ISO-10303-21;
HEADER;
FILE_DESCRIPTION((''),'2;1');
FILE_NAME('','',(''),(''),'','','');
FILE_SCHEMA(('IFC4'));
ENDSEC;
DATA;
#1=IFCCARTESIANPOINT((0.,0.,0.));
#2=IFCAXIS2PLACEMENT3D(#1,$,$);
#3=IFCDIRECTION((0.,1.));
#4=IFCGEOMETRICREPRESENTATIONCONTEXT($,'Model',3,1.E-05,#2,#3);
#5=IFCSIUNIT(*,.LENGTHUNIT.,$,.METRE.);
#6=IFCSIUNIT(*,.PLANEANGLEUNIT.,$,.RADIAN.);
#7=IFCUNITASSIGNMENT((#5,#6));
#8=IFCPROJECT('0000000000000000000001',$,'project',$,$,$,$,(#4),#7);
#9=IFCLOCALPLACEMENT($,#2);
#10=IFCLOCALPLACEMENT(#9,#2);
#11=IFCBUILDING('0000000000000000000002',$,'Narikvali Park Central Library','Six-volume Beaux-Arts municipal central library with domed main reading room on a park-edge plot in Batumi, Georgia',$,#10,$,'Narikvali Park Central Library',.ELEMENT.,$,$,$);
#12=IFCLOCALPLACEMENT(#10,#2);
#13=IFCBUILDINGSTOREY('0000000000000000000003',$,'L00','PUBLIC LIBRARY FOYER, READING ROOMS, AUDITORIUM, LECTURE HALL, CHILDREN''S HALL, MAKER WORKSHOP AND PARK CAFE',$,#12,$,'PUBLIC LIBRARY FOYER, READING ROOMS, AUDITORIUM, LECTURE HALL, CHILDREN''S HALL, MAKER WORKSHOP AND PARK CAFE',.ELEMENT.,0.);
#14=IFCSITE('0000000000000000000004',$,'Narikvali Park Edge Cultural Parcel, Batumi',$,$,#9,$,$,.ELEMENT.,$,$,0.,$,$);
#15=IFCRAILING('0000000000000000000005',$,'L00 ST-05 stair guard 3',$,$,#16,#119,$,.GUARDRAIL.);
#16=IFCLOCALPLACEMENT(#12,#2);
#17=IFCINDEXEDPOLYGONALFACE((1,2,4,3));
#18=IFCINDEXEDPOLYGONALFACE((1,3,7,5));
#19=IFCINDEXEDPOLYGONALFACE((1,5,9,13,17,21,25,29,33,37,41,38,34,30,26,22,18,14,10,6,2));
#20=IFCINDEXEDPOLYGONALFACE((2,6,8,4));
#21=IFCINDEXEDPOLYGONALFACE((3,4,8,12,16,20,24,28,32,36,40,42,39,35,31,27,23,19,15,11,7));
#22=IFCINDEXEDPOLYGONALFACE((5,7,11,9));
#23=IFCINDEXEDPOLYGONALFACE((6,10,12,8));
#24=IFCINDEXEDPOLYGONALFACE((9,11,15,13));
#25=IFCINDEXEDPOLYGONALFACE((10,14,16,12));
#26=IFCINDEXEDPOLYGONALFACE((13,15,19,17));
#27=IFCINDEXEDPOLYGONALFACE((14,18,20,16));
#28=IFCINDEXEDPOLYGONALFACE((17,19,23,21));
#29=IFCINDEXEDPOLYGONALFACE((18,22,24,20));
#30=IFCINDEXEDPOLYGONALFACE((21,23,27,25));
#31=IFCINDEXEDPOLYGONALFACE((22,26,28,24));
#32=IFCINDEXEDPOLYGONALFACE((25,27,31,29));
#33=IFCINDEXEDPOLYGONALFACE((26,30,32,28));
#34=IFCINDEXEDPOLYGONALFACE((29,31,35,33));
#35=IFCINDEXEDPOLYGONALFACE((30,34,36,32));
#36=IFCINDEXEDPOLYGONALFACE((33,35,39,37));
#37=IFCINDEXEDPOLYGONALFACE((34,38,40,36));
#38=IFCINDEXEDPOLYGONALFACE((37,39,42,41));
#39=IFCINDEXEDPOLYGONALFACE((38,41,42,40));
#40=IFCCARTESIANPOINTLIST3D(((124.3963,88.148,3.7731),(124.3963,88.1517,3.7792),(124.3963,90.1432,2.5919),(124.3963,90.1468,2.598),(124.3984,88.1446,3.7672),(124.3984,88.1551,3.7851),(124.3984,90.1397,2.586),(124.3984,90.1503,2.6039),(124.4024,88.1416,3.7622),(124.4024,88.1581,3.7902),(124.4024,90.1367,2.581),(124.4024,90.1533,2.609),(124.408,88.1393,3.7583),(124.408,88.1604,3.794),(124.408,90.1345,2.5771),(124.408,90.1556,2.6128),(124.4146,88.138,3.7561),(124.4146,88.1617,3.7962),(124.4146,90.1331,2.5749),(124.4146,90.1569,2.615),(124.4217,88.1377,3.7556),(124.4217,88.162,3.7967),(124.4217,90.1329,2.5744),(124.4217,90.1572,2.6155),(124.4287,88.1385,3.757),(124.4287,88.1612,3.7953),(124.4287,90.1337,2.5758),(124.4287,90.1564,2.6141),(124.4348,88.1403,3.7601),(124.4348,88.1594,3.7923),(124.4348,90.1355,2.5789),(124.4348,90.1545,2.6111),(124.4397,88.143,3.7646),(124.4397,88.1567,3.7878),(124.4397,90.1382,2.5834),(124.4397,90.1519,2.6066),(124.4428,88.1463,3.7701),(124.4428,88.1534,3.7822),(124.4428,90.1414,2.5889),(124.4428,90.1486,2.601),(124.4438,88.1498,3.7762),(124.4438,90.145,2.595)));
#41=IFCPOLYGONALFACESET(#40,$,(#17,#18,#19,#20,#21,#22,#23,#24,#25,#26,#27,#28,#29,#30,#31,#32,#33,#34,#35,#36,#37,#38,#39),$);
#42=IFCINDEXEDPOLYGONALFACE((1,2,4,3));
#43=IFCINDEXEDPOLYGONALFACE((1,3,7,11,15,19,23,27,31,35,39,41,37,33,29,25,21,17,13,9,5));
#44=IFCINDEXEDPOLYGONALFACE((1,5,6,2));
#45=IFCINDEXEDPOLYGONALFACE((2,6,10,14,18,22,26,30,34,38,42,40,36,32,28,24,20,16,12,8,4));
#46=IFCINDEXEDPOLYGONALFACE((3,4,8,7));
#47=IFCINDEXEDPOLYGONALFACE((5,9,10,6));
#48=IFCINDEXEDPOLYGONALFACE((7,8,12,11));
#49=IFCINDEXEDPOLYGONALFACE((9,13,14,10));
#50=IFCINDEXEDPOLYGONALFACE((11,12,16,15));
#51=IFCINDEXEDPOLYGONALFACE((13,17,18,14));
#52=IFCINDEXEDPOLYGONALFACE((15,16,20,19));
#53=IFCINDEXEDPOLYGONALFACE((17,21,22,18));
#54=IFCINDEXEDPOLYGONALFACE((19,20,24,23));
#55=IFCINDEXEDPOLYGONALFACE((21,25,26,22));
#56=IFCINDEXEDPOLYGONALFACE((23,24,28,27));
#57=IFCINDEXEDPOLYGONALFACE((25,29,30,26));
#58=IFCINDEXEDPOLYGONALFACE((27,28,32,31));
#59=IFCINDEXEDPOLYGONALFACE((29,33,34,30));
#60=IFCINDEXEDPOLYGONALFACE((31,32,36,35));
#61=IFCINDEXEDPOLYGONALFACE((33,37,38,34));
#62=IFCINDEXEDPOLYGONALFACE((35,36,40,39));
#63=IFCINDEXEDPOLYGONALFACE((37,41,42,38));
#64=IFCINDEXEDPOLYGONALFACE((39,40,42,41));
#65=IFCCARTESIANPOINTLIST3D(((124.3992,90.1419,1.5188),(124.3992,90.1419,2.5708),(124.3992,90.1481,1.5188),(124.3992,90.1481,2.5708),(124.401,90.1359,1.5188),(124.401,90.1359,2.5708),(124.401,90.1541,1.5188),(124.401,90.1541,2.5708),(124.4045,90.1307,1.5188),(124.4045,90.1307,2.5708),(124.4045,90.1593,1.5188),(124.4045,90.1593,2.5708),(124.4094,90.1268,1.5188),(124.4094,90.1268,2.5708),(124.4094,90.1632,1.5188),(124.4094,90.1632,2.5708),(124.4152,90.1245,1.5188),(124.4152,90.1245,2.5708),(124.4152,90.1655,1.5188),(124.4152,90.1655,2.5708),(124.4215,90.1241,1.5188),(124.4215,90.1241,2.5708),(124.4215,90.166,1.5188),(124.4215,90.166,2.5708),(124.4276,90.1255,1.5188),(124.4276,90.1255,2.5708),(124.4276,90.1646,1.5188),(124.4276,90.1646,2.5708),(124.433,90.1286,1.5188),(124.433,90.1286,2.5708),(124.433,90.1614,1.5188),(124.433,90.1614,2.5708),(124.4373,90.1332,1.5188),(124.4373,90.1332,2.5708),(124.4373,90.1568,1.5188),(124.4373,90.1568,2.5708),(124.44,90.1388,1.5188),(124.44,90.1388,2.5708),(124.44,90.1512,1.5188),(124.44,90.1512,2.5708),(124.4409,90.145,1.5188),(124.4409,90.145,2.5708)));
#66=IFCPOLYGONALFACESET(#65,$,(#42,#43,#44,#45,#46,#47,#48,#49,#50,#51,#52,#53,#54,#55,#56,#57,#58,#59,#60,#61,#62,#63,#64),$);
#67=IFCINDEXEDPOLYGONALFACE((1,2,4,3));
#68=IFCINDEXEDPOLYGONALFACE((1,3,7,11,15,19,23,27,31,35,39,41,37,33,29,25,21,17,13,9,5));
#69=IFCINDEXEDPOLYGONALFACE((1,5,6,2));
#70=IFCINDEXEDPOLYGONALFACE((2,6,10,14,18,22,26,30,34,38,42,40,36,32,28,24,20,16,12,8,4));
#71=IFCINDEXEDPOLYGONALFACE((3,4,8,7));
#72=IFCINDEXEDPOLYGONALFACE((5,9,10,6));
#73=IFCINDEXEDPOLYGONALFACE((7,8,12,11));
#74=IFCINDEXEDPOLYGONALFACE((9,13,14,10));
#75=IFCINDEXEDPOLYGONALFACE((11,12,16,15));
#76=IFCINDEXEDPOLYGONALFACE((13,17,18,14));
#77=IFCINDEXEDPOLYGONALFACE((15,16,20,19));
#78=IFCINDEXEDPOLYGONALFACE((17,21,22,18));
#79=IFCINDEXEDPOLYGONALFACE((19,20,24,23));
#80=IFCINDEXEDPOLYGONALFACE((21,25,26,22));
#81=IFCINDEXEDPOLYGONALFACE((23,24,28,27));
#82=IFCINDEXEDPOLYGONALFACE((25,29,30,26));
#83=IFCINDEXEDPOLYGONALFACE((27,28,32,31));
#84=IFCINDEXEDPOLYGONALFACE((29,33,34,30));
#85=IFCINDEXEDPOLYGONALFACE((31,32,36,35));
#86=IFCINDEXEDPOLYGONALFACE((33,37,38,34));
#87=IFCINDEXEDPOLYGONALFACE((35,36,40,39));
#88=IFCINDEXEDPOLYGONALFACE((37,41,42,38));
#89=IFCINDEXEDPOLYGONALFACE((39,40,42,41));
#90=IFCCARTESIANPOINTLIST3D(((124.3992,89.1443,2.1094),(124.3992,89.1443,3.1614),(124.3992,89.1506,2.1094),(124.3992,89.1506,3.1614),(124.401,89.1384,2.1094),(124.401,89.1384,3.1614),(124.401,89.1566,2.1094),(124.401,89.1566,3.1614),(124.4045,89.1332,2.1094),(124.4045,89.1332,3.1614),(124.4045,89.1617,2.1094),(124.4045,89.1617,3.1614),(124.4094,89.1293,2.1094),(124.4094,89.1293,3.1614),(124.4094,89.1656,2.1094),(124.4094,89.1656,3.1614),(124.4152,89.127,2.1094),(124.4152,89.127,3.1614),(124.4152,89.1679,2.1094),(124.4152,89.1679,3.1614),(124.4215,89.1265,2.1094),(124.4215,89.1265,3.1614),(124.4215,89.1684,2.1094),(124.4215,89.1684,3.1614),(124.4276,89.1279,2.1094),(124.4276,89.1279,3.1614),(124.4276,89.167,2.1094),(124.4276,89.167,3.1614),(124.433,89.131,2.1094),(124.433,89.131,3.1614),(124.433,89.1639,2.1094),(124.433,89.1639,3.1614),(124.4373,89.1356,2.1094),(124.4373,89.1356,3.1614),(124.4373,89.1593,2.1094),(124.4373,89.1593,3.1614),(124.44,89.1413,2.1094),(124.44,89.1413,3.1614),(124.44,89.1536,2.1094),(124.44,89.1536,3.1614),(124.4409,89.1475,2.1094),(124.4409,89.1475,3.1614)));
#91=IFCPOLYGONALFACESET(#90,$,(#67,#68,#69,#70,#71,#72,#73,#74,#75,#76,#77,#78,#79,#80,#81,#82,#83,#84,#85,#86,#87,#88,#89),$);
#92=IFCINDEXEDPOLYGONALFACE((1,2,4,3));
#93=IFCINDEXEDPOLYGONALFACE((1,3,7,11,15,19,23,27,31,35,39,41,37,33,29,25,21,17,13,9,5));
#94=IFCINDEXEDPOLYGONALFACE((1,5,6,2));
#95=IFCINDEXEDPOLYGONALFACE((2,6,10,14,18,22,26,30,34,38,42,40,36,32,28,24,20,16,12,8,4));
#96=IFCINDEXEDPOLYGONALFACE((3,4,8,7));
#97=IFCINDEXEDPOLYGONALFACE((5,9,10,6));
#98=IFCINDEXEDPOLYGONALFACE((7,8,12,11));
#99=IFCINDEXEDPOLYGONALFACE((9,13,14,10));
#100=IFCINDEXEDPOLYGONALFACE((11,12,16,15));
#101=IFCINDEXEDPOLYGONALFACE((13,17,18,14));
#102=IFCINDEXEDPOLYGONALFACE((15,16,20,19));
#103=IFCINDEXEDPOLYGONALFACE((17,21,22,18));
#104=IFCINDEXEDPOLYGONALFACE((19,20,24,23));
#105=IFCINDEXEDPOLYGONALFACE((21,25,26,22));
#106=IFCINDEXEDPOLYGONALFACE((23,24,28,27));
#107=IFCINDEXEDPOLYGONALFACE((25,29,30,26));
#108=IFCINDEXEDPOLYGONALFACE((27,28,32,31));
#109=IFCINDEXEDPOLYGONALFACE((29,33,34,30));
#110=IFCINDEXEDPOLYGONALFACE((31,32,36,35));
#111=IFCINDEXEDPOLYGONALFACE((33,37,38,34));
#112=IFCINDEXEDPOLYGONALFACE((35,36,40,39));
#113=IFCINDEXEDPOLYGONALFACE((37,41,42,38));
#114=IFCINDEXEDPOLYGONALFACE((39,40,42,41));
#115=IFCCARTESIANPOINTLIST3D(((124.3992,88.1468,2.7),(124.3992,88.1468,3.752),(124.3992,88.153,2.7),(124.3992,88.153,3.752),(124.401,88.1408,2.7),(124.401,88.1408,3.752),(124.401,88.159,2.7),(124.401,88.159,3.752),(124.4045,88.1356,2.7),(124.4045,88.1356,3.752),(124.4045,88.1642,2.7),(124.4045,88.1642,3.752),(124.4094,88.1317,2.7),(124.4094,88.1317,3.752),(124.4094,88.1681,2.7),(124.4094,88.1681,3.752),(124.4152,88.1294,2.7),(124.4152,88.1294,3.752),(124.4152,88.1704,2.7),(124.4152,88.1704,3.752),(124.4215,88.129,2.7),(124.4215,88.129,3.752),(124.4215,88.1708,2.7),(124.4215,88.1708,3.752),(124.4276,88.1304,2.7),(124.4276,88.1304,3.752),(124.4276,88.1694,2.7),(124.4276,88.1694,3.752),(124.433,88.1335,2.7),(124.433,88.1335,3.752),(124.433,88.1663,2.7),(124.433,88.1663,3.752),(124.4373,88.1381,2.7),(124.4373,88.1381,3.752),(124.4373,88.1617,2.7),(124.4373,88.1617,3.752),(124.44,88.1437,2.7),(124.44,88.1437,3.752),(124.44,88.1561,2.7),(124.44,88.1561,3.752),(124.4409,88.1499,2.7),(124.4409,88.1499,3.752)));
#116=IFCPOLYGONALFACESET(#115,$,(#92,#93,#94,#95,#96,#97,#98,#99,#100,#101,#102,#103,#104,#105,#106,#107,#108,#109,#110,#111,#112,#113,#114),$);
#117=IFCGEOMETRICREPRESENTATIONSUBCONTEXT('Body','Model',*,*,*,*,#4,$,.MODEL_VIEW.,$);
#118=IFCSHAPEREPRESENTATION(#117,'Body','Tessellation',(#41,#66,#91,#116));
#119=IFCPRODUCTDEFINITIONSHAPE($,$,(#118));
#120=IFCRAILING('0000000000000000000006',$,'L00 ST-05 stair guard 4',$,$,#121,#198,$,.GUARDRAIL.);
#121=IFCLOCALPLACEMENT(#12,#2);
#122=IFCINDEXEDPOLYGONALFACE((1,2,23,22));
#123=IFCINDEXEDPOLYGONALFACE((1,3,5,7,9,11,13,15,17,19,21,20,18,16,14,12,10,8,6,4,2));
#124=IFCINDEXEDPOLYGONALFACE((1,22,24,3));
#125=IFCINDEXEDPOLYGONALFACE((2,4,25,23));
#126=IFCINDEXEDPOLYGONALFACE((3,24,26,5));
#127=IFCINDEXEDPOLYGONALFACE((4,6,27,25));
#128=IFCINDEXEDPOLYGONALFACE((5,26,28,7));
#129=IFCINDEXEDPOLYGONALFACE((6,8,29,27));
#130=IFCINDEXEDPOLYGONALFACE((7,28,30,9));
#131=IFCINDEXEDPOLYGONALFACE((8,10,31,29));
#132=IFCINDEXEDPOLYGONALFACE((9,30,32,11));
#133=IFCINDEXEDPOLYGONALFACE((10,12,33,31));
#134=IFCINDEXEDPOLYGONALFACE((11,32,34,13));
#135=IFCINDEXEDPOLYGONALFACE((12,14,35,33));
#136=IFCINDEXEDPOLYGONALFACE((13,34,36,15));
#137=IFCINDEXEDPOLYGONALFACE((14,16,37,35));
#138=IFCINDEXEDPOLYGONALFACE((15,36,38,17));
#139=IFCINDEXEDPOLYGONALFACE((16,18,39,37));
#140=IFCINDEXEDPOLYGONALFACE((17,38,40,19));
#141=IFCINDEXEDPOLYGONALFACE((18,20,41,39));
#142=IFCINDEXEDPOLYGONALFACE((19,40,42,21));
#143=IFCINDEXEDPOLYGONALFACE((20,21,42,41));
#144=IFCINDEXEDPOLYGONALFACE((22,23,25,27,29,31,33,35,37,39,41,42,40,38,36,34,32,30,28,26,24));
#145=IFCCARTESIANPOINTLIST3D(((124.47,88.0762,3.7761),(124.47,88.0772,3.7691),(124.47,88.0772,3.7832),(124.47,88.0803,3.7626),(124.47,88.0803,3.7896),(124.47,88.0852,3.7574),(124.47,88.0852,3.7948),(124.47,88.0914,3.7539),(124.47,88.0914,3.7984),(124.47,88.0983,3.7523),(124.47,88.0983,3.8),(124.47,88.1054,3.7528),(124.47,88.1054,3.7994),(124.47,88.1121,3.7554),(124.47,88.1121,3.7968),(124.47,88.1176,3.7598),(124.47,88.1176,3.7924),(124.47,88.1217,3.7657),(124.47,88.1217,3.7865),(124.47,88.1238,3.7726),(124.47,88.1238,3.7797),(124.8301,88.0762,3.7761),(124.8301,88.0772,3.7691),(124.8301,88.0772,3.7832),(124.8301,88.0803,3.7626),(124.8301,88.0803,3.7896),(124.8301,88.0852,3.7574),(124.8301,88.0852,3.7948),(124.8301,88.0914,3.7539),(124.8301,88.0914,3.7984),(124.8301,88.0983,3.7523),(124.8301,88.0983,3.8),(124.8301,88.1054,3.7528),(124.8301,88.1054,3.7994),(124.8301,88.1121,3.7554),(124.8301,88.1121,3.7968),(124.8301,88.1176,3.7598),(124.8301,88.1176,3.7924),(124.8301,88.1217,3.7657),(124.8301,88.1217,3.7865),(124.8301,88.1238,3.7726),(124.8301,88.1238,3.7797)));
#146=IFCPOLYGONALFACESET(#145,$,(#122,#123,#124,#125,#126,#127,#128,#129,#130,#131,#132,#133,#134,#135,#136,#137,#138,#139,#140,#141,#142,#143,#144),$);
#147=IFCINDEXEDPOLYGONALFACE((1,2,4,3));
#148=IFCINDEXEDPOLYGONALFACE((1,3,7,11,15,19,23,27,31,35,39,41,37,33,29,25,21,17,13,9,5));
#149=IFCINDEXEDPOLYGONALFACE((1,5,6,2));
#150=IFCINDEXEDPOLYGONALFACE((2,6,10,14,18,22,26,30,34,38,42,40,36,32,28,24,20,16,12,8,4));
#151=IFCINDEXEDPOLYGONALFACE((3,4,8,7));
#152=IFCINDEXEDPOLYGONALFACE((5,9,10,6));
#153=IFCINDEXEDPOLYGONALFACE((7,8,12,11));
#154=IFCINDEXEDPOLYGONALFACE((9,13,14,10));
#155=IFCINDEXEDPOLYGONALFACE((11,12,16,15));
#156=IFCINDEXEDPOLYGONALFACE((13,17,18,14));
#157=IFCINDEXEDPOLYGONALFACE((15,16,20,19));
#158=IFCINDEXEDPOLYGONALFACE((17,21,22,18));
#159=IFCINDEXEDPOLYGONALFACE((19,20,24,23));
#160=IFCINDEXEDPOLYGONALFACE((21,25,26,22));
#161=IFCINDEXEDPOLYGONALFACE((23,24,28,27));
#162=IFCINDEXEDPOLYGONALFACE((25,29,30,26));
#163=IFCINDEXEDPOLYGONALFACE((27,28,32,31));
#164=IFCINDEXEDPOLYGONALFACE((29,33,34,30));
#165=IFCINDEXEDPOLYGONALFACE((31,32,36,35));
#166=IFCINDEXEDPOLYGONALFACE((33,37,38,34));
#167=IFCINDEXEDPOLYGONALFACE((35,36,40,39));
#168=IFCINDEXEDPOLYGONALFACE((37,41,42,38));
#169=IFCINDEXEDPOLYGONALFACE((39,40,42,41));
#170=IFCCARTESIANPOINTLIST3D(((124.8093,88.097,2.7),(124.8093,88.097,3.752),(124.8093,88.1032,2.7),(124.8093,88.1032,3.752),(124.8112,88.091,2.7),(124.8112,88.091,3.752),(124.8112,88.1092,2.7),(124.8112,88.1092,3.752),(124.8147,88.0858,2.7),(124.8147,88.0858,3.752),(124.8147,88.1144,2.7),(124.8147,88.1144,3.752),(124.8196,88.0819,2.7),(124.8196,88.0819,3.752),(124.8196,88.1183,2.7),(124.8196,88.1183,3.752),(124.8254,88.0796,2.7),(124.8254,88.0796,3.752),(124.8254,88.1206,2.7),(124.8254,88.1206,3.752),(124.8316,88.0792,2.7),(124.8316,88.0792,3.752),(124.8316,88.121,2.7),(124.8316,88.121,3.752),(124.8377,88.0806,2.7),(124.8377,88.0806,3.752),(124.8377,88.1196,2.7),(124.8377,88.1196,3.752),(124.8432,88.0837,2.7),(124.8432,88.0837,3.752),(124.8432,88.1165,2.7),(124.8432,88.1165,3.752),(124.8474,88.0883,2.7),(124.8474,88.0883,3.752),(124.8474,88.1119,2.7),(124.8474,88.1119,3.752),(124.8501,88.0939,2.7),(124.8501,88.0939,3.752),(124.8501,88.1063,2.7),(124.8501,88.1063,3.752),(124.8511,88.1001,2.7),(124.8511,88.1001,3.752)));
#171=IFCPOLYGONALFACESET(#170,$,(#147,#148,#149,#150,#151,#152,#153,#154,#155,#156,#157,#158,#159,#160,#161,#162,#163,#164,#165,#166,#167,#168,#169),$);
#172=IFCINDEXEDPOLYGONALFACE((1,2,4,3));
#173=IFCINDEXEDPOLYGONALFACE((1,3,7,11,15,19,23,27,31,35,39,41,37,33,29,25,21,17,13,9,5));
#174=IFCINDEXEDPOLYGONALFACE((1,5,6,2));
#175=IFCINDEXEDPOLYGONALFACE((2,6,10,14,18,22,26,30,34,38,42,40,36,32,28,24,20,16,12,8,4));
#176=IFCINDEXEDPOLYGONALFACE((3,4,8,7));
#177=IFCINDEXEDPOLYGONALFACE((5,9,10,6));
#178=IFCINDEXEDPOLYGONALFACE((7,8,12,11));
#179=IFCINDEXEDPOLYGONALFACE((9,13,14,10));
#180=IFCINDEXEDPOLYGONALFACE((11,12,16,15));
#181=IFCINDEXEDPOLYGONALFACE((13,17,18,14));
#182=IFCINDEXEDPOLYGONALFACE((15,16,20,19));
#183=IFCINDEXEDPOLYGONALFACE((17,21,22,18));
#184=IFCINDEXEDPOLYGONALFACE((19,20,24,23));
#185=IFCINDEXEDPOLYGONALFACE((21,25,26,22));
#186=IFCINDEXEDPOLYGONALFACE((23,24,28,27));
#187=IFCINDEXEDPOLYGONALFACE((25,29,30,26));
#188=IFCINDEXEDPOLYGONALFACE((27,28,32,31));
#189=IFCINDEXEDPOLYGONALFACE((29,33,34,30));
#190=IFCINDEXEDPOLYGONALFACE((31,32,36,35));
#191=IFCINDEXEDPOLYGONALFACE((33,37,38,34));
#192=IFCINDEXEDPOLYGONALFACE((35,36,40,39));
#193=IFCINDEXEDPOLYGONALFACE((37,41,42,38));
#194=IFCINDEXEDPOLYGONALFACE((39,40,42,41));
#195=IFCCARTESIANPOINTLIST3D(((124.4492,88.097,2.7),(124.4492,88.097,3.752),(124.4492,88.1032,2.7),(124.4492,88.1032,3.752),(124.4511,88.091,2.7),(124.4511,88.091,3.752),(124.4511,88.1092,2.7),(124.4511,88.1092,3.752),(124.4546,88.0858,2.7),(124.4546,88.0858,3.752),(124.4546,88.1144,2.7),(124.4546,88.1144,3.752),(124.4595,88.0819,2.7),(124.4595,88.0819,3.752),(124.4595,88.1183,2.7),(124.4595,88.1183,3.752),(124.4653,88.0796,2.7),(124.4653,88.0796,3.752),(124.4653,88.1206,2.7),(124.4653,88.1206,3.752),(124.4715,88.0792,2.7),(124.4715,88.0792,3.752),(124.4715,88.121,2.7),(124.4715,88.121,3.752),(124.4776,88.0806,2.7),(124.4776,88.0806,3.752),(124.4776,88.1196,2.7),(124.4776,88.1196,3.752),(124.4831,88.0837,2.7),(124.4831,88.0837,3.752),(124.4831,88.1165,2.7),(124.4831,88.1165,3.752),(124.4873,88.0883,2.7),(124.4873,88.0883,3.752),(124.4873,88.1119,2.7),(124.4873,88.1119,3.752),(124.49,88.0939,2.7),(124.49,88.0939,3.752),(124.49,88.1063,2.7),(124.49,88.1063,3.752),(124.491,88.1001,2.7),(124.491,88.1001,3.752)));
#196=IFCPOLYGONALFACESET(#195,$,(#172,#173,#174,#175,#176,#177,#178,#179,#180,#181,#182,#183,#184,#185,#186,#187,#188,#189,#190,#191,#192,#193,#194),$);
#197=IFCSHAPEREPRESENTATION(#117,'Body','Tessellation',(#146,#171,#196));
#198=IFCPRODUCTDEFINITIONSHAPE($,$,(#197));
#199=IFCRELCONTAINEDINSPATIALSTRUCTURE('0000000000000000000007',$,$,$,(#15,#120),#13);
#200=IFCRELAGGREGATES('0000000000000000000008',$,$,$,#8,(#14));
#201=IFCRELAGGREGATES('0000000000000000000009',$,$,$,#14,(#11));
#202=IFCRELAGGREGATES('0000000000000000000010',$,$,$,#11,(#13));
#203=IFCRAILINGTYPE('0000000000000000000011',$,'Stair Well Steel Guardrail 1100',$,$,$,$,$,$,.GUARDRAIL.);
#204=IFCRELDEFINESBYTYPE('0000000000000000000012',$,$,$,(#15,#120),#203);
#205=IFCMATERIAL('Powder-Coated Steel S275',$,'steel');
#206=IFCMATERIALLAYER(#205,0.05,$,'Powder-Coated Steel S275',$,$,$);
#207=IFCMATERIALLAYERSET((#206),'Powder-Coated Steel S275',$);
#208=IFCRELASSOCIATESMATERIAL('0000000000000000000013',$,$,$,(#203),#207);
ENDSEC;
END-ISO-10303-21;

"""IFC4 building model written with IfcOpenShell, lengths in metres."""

from ifc_helpers import new_model, si_unit, direction, frame, origin, origin_2d, place, context, subcontext, project, spatial, circle, extrude, material, layer, layer_set, type_object, element, save


model = new_model("IFC4")

# Units and contexts
model_context = context("Model", 3, precision=1e-05, world=origin(), true_north=direction((0.0, 1.0)))
body_context = subcontext(model_context, "Body", "Model", "MODEL_VIEW")
ifc_project = project(units=[si_unit("LENGTHUNIT", "METRE"), si_unit("PLANEANGLEUNIT", "RADIAN")], contexts=[model_context])

# Site, building, storey
site_placement = place(None, origin())
site = spatial("IfcSite", under=ifc_project, at=site_placement, Name="Narikvali Park Edge Cultural Parcel, Batumi", CompositionType="ELEMENT", RefElevation=0.0)
building_placement = place(site_placement, origin())
building = spatial("IfcBuilding", under=site, at=building_placement, Name="Narikvali Park Central Library", Description="Six-volume Beaux-Arts municipal central library with domed main reading room on a park-edge plot in Batumi, Georgia", LongName="Narikvali Park Central Library", CompositionType="ELEMENT")
storey_placement = place(building_placement, origin())
storey = spatial("IfcBuildingStorey", under=building, at=storey_placement, Name="L00", Description="PUBLIC LIBRARY FOYER, READING ROOMS, AUDITORIUM, LECTURE HALL, CHILDREN'S HALL, MAKER WORKSHOP AND PARK CAFE", LongName="PUBLIC LIBRARY FOYER, READING ROOMS, AUDITORIUM, LECTURE HALL, CHILDREN'S HALL, MAKER WORKSHOP AND PARK CAFE", CompositionType="ELEMENT", Elevation=0.0)

# Railings
ifc_material_1 = material(Name="Powder-Coated Steel S275", Category="steel")
ifc_layer_1 = layer(ifc_material_1, 0.05, Name="Powder-Coated Steel S275")
ifc_layer_set_1 = layer_set([ifc_layer_1], Name="Powder-Coated Steel S275")
railing_type_1 = type_object("IfcRailingType", Name="Stair Well Steel Guardrail 1100", PredefinedType="GUARDRAIL", material=ifc_layer_set_1)
railing_1_placement = place(storey_placement, frame((124.4199, 90.145, 1.5188)))
element("IfcRailing", 1, at=railing_1_placement, inside=storey, type_object=railing_type_1, Name="L00 ST-05 stair guard 3", PredefinedType="GUARDRAIL", context=body_context, shape_type="SweptSolid", body=[
    extrude(circle(Radius=0.0239, at=origin_2d()), frame((0.0, 0.0, 1.0762), z_axis=(0.0, -0.860507, 0.509439), x_axis=(1.0, 0.0, 0.0)), (0.0, 0.0, 1.0), 2.3186),
    extrude(circle(Radius=0.021, at=origin_2d()), origin(), (0.0, 0.0, 1.0), 1.052),
    extrude(circle(Radius=0.021, at=origin_2d()), frame((0.0, -0.9976, 0.5906)), (0.0, 0.0, 1.0), 1.052),
    extrude(circle(Radius=0.021, at=origin_2d()), frame((0.0, -1.9951, 1.1812)), (0.0, 0.0, 1.0), 1.052),
])
railing_2_placement = place(storey_placement, frame((124.8301, 88.1001, 2.7)))
element("IfcRailing", 2, at=railing_2_placement, inside=storey, type_object=railing_type_1, Name="L00 ST-05 stair guard 4", PredefinedType="GUARDRAIL", context=body_context, shape_type="SweptSolid", body=[
    extrude(circle(Radius=0.0239, at=origin_2d()), frame((0.0, 0.0, 1.0762), z_axis=(-1.0, 0.0, 0.0), x_axis=(0.0, -1.0, 0.0)), (0.0, 0.0, 1.0), 0.3601),
    extrude(circle(Radius=0.021, at=origin_2d()), origin(), (0.0, 0.0, 1.0), 1.052),
    extrude(circle(Radius=0.021, at=origin_2d()), frame((-0.3601, 0.0, 0.0)), (0.0, 0.0, 1.0), 1.052),
])

save(model, "model.ifc")
